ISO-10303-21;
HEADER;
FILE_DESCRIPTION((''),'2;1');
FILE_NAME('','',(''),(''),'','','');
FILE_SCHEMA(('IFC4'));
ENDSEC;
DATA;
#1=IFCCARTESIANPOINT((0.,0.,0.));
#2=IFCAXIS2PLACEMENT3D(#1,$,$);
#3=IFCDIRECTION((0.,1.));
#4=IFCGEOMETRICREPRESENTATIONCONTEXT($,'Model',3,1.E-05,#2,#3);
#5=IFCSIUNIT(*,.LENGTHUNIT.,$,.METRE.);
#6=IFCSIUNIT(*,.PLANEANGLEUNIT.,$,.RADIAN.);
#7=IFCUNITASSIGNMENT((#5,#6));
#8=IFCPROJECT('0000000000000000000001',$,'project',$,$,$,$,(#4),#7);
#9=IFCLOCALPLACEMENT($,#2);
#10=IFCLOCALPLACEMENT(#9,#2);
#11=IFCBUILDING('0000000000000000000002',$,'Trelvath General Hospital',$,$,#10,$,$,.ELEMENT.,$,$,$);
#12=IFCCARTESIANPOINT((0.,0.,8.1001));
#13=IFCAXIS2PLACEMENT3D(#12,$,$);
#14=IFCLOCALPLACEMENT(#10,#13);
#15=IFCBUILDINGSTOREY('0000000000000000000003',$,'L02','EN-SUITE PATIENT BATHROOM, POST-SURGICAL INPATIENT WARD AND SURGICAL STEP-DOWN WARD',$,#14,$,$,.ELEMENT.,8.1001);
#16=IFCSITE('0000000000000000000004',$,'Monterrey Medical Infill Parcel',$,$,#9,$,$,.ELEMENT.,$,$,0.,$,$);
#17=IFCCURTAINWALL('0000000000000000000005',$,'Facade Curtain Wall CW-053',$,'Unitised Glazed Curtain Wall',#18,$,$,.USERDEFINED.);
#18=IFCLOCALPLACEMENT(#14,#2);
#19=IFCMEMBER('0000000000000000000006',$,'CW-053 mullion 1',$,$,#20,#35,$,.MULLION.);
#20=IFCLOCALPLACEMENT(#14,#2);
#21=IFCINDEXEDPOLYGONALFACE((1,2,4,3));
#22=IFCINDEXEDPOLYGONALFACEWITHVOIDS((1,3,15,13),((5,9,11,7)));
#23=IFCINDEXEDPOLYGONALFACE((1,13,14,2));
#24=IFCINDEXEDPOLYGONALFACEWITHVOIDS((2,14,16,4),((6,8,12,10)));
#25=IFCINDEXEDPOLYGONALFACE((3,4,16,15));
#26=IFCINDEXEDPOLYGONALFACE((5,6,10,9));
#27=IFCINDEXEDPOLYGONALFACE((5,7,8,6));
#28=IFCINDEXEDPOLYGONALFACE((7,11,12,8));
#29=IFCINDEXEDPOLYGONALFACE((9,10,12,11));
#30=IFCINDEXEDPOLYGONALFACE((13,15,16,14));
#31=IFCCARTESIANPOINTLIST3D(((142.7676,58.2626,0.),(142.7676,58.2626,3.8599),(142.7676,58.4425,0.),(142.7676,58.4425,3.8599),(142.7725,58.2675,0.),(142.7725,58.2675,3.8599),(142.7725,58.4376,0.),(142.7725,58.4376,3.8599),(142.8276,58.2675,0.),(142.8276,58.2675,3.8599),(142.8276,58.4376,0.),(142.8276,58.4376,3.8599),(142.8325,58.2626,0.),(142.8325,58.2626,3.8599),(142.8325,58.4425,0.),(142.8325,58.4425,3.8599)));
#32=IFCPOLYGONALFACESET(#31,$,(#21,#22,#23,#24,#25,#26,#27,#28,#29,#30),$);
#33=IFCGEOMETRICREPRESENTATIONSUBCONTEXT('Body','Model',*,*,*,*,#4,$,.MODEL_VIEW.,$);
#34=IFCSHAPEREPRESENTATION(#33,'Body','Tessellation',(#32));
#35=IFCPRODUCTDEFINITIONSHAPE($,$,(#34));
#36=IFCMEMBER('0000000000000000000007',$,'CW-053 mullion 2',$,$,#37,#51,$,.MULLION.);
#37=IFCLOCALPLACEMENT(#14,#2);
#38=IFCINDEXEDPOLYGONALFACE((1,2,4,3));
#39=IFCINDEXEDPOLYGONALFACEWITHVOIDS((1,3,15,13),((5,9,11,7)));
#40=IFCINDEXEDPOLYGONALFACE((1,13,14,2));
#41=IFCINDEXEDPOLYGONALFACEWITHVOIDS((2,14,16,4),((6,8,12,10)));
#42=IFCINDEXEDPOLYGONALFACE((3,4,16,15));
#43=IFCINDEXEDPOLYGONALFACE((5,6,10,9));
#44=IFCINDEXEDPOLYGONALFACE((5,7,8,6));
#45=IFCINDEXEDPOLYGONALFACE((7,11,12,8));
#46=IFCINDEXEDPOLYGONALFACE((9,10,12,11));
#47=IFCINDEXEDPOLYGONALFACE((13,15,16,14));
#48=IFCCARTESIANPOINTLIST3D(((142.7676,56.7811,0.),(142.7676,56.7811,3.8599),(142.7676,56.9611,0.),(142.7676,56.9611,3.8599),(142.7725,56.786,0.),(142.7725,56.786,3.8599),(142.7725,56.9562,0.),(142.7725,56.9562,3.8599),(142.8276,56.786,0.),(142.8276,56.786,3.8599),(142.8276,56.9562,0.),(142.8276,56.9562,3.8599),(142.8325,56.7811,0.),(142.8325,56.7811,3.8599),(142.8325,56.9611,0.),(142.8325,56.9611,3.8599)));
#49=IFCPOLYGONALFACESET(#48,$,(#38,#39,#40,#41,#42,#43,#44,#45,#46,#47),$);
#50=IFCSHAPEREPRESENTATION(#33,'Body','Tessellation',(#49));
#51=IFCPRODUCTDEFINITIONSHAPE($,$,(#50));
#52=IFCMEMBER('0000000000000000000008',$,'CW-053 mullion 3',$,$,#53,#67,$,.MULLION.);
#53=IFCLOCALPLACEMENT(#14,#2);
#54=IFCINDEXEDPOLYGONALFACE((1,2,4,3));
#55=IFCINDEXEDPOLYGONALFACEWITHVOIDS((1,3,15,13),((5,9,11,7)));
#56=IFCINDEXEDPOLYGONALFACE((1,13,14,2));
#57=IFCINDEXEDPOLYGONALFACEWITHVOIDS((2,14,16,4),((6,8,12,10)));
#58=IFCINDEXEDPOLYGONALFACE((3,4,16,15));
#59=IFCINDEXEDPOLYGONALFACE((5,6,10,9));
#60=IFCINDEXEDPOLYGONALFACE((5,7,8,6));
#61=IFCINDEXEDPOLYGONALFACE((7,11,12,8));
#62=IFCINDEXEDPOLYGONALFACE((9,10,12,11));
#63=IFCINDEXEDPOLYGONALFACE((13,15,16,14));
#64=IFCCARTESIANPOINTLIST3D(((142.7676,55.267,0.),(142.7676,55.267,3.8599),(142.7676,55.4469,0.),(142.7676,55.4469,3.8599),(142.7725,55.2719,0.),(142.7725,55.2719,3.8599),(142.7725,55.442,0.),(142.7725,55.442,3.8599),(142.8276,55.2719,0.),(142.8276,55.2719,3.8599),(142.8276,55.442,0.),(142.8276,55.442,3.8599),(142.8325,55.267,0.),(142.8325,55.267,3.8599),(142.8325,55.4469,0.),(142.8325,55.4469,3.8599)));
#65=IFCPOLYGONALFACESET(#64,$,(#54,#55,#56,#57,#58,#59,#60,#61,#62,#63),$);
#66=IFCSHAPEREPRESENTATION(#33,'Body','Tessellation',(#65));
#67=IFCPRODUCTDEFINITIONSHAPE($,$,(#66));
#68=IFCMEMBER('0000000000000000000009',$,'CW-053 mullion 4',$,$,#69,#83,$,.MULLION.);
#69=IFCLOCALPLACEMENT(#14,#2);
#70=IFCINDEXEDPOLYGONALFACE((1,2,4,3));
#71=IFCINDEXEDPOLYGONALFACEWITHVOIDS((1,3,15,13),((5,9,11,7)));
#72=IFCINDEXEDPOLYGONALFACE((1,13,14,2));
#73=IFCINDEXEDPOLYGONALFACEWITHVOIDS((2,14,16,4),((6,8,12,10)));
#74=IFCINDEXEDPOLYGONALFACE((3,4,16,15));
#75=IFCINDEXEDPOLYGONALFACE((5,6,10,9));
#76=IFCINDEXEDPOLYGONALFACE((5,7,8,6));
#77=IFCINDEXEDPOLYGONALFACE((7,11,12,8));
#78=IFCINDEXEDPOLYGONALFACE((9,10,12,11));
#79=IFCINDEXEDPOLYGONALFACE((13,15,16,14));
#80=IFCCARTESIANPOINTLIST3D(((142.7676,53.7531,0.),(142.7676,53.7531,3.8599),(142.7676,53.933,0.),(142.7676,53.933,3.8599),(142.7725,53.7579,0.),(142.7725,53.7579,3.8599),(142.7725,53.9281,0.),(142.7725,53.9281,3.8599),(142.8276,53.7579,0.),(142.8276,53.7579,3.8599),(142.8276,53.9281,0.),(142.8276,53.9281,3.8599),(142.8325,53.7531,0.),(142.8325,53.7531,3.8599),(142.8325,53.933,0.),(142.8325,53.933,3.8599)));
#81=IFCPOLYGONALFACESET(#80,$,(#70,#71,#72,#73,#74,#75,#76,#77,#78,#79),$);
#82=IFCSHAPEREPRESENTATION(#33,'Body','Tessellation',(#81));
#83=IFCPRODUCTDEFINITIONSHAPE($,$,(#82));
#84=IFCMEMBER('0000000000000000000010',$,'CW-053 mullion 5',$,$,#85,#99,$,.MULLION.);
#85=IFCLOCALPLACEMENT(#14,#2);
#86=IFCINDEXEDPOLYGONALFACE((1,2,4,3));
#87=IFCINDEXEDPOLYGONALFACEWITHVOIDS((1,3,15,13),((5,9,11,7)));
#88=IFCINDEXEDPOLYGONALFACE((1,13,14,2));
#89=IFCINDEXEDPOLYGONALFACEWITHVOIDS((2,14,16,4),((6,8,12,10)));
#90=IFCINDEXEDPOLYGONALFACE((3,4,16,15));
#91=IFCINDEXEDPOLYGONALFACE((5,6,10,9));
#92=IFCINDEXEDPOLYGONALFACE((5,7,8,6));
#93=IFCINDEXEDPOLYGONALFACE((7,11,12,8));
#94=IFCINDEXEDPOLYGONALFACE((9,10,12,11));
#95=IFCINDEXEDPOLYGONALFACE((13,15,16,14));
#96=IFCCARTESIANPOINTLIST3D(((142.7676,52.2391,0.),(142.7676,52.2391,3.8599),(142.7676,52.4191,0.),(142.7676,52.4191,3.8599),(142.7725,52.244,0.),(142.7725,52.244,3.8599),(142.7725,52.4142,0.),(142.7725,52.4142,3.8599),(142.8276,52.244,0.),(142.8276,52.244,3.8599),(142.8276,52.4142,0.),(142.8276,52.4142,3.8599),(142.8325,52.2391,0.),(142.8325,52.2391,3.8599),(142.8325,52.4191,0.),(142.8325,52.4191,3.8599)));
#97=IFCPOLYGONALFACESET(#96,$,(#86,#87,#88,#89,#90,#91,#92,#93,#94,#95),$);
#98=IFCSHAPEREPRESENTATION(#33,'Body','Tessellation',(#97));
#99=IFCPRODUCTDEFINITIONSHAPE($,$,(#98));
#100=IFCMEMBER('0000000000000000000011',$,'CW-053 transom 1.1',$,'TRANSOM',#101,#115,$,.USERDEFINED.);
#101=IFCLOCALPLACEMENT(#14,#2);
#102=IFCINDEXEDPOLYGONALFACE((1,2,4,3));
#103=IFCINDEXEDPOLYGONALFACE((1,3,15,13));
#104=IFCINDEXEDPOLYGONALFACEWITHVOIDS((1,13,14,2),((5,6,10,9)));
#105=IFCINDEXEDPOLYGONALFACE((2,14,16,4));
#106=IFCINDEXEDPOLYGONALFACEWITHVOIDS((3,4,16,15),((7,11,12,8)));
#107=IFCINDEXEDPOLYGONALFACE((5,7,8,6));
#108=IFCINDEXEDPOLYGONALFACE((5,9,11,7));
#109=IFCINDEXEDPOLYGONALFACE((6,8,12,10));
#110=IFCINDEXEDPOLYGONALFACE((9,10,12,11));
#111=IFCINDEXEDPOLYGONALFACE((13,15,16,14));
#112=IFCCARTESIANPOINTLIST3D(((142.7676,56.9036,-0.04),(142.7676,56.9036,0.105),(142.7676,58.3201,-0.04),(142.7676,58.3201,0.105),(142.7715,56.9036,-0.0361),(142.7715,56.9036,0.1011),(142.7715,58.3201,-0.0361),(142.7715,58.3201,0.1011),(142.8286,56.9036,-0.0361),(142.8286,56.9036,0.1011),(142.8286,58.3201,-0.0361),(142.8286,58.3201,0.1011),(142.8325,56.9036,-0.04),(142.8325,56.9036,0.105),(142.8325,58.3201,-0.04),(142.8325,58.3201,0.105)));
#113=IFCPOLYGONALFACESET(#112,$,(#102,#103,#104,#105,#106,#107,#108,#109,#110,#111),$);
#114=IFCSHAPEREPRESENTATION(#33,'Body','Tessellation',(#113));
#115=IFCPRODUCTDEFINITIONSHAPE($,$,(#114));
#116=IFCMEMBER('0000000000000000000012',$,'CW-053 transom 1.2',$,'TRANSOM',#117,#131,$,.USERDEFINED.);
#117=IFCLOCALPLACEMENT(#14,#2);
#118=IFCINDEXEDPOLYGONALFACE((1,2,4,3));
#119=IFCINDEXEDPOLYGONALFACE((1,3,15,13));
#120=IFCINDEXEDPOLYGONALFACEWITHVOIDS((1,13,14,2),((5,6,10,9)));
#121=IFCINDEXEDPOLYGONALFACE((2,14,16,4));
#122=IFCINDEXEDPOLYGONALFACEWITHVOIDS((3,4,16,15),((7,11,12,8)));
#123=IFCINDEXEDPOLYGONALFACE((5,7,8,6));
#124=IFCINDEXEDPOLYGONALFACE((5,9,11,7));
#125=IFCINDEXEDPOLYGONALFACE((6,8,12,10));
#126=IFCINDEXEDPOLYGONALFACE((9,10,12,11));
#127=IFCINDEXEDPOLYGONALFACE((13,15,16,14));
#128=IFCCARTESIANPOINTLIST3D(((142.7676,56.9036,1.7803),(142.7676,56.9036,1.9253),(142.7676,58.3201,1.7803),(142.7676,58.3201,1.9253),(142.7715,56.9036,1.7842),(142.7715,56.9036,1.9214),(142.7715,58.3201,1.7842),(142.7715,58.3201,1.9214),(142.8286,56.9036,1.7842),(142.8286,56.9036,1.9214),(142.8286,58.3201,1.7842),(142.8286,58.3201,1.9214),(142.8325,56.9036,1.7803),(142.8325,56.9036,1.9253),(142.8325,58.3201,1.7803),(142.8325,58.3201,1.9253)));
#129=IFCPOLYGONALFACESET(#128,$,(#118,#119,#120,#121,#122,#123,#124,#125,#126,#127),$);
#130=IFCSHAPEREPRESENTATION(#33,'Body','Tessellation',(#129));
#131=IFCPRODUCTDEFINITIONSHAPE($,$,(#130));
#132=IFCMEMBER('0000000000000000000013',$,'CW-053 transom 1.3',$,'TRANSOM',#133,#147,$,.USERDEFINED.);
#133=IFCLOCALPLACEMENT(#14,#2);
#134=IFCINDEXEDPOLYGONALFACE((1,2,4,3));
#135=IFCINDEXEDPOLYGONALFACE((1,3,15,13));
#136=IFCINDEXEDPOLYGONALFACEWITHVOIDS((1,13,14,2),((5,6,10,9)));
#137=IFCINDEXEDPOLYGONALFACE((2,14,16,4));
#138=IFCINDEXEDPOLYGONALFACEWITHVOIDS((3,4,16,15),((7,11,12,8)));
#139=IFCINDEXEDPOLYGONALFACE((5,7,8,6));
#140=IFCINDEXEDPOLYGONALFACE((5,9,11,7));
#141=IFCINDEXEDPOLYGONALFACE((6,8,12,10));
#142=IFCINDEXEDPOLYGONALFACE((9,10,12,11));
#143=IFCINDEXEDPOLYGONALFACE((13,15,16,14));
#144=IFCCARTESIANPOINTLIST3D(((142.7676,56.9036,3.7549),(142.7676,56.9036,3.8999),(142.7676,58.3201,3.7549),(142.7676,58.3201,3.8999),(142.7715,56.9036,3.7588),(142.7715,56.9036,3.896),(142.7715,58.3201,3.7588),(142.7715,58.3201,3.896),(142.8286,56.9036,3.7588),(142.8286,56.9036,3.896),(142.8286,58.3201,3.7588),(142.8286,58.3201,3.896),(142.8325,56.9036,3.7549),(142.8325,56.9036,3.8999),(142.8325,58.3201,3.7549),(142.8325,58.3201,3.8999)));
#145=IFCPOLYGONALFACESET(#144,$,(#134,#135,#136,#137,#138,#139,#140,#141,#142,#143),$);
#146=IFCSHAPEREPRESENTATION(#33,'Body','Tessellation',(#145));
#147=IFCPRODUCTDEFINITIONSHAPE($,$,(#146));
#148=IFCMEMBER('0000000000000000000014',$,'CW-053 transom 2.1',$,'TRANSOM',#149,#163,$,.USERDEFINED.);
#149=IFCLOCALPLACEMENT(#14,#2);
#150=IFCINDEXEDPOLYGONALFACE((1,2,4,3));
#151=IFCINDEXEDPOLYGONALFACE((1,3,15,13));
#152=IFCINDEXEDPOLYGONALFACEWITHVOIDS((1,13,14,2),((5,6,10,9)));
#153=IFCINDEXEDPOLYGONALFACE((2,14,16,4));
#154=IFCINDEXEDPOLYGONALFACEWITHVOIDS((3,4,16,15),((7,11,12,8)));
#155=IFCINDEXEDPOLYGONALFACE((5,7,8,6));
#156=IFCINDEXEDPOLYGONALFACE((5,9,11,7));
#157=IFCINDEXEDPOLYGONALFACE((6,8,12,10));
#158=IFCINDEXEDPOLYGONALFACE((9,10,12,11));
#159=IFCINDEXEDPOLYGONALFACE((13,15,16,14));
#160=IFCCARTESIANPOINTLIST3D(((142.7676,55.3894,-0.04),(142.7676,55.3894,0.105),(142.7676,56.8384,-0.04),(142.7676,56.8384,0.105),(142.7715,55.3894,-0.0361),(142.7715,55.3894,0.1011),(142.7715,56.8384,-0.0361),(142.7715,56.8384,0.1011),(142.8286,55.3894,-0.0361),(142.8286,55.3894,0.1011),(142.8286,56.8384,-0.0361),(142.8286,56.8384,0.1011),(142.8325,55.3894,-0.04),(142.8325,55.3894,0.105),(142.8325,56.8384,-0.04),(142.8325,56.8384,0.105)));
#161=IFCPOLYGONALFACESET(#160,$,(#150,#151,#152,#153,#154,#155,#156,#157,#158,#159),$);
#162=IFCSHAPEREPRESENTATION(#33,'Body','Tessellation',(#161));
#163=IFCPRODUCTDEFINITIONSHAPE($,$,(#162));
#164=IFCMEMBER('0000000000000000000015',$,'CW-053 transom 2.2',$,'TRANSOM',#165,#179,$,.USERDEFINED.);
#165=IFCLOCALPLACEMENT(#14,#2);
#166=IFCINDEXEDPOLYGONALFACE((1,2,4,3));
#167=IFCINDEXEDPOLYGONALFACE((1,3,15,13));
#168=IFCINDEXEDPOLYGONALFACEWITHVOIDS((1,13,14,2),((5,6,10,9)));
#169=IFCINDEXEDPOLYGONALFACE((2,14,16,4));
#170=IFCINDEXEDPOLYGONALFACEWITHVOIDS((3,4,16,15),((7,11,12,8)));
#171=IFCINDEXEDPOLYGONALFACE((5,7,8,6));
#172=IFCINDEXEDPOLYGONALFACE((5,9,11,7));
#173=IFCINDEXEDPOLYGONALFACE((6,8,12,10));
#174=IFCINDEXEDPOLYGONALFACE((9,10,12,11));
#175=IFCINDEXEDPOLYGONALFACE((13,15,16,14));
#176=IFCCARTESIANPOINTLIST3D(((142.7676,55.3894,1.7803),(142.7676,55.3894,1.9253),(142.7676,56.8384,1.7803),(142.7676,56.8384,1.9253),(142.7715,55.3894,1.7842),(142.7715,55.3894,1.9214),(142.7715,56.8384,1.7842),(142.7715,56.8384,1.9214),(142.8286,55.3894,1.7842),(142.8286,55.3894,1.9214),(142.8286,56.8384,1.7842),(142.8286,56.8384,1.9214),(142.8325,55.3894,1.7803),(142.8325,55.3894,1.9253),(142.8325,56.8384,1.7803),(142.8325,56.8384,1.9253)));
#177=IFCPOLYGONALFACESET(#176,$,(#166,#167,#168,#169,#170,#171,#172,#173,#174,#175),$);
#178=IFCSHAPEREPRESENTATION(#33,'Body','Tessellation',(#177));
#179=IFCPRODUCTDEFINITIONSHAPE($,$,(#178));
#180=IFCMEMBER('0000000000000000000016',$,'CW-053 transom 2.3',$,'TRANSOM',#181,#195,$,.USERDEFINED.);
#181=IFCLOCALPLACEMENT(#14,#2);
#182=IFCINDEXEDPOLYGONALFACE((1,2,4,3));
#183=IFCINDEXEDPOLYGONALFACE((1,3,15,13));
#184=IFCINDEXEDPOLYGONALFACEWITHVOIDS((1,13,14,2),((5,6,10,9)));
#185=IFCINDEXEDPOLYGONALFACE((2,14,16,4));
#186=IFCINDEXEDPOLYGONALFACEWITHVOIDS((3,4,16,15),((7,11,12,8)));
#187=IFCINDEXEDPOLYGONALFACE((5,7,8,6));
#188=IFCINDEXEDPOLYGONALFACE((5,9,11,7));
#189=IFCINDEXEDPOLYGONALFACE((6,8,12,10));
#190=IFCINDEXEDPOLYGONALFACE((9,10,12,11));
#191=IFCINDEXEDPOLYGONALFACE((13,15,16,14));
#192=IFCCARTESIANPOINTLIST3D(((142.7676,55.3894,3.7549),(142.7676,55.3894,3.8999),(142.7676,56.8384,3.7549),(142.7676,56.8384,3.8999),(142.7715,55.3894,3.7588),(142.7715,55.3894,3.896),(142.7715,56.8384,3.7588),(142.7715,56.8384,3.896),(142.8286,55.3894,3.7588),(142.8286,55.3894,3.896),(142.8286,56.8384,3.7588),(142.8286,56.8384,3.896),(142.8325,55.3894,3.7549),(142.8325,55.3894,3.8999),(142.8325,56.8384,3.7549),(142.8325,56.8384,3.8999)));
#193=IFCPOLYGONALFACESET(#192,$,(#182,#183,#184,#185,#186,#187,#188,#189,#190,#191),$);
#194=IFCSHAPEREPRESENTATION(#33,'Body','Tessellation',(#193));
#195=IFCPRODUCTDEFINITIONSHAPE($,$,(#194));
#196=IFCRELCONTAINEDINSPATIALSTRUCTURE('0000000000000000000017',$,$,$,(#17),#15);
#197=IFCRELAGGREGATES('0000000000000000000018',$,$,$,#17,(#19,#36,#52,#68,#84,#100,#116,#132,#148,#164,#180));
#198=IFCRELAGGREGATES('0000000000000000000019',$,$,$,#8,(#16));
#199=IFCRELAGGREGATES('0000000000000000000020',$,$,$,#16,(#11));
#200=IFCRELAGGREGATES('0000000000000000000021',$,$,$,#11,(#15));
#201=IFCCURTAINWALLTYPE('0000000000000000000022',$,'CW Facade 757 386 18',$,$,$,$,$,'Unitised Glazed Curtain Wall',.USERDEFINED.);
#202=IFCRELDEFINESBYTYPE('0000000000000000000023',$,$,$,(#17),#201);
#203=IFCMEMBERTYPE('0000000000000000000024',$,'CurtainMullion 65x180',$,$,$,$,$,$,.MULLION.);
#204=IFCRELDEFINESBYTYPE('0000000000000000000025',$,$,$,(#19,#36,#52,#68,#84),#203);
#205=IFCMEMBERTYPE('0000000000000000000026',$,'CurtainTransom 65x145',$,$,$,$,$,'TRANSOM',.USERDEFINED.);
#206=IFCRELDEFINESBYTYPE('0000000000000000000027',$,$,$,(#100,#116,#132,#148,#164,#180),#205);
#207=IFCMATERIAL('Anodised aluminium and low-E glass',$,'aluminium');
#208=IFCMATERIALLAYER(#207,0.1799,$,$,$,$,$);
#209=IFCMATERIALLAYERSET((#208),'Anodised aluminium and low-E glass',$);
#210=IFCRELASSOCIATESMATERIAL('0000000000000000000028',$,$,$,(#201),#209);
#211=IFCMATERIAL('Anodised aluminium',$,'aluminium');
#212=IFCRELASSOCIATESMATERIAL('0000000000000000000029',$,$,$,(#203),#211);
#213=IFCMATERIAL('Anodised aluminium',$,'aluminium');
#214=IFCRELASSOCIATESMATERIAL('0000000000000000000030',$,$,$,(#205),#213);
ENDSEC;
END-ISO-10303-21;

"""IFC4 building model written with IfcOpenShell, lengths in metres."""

from ifc_helpers import new_model, si_unit, direction, frame, origin, origin_2d, place, context, subcontext, project, spatial, hollow_rectangle, extrude, material, layer, layer_set, material_profile, profile_set, type_object, element, aggregate, save


model = new_model("IFC4")

# Units and contexts
model_context = context("Model", 3, precision=1e-05, world=origin(), true_north=direction((0.0, 1.0)))
body_context = subcontext(model_context, "Body", "Model", "MODEL_VIEW")
ifc_project = project(units=[si_unit("LENGTHUNIT", "METRE"), si_unit("PLANEANGLEUNIT", "RADIAN")], contexts=[model_context])

# Site, building, storey
site_placement = place(None, origin())
site = spatial("IfcSite", under=ifc_project, at=site_placement, Name="Monterrey Medical Infill Parcel", CompositionType="ELEMENT", RefElevation=0.0)
building_placement = place(site_placement, origin())
building = spatial("IfcBuilding", under=site, at=building_placement, Name="Trelvath General Hospital", CompositionType="ELEMENT")
storey_placement = place(building_placement, frame((0.0, 0.0, 8.1001)))
storey = spatial("IfcBuildingStorey", under=building, at=storey_placement, Name="L02", Description="EN-SUITE PATIENT BATHROOM, POST-SURGICAL INPATIENT WARD AND SURGICAL STEP-DOWN WARD", CompositionType="ELEMENT", Elevation=8.1001)

# Curtain wall, members
ifc_material_1 = material(Name="Anodised aluminium and low-E glass", Category="aluminium")
ifc_layer_1 = layer(ifc_material_1, 0.1799)
ifc_layer_set_1 = layer_set([ifc_layer_1], Name="Anodised aluminium and low-E glass")
curtain_wall_type = type_object("IfcCurtainWallType", Name="CW Facade 757 386 18", ElementType="Unitised Glazed Curtain Wall", PredefinedType="USERDEFINED", material=ifc_layer_set_1)
curtain_wall_placement = place(storey_placement, origin())
curtain_wall = element("IfcCurtainWall", 1, at=curtain_wall_placement, inside=storey, type_object=curtain_wall_type, Name="Facade Curtain Wall CW-053", ObjectType="Unitised Glazed Curtain Wall", PredefinedType="USERDEFINED")
ifc_material_2 = material(Name="Anodised aluminium", Category="aluminium")
ifc_material_profile_1 = material_profile(ifc_material_2, hollow_rectangle(XDim=0.0649, YDim=0.1799, WallThickness=0.0049, at=origin_2d()), Name="RHS65x180x5")
ifc_profile_set_1 = profile_set([ifc_material_profile_1], Name="Anodised aluminium")
member_type_1 = type_object("IfcMemberType", Name="CurtainMullion 65x180", PredefinedType="MULLION", material=ifc_profile_set_1)
member_1_placement = place(storey_placement, frame((142.8, 58.3525, 0.0), z_axis=(0.0, 0.0, 1.0), x_axis=(1.0, 0.0, 0.0)))
member_1 = element("IfcMember", 2, at=member_1_placement, type_object=member_type_1, Name="CW-053 mullion 1", PredefinedType="MULLION", context=body_context, shape_type="SweptSolid", body=[
    extrude(hollow_rectangle(XDim=0.0649, YDim=0.1799, WallThickness=0.0049, at=origin_2d()), origin(), (0.0, 0.0, 1.0), 3.8599),
])
member_2_placement = place(storey_placement, frame((142.8, 56.8711, 0.0), z_axis=(0.0, 0.0, 1.0), x_axis=(1.0, 0.0, 0.0)))
member_2 = element("IfcMember", 3, at=member_2_placement, type_object=member_type_1, Name="CW-053 mullion 2", PredefinedType="MULLION", context=body_context, shape_type="SweptSolid", body=[
    extrude(hollow_rectangle(XDim=0.0649, YDim=0.1799, WallThickness=0.0049, at=origin_2d()), origin(), (0.0, 0.0, 1.0), 3.8599),
])
member_3_placement = place(storey_placement, frame((142.8, 55.3569, 0.0), z_axis=(0.0, 0.0, 1.0), x_axis=(1.0, 0.0, 0.0)))
member_3 = element("IfcMember", 4, at=member_3_placement, type_object=member_type_1, Name="CW-053 mullion 3", PredefinedType="MULLION", context=body_context, shape_type="SweptSolid", body=[
    extrude(hollow_rectangle(XDim=0.0649, YDim=0.1799, WallThickness=0.0049, at=origin_2d()), origin(), (0.0, 0.0, 1.0), 3.8599),
])
member_4_placement = place(storey_placement, frame((142.8, 53.843, 0.0), z_axis=(0.0, 0.0, 1.0), x_axis=(1.0, 0.0, 0.0)))
member_4 = element("IfcMember", 5, at=member_4_placement, type_object=member_type_1, Name="CW-053 mullion 4", PredefinedType="MULLION", context=body_context, shape_type="SweptSolid", body=[
    extrude(hollow_rectangle(XDim=0.0649, YDim=0.1799, WallThickness=0.0049, at=origin_2d()), origin(), (0.0, 0.0, 1.0), 3.8599),
])
member_5_placement = place(storey_placement, frame((142.8, 52.3291, 0.0), z_axis=(0.0, 0.0, 1.0), x_axis=(1.0, 0.0, 0.0)))
member_5 = element("IfcMember", 6, at=member_5_placement, type_object=member_type_1, Name="CW-053 mullion 5", PredefinedType="MULLION", context=body_context, shape_type="SweptSolid", body=[
    extrude(hollow_rectangle(XDim=0.0649, YDim=0.1799, WallThickness=0.0049, at=origin_2d()), origin(), (0.0, 0.0, 1.0), 3.8599),
])
ifc_material_3 = material(Name="Anodised aluminium", Category="aluminium")
ifc_material_profile_2 = material_profile(ifc_material_3, hollow_rectangle(XDim=0.0649, YDim=0.145, WallThickness=0.0039, at=origin_2d()), Name="RHS65x145x4")
ifc_profile_set_2 = profile_set([ifc_material_profile_2], Name="Anodised aluminium")
member_type_2 = type_object("IfcMemberType", Name="CurtainTransom 65x145", ElementType="TRANSOM", PredefinedType="USERDEFINED", material=ifc_profile_set_2)
member_6_placement = place(storey_placement, frame((142.8, 58.3201, 0.0325), z_axis=(0.0, -1.0, 0.0), x_axis=(1.0, 0.0, 0.0)))
member_6 = element("IfcMember", 7, at=member_6_placement, type_object=member_type_2, Name="CW-053 transom 1.1", ObjectType="TRANSOM", PredefinedType="USERDEFINED", context=body_context, shape_type="SweptSolid", body=[
    extrude(hollow_rectangle(XDim=0.0649, YDim=0.145, WallThickness=0.0039, at=origin_2d()), origin(), (0.0, 0.0, 1.0), 1.4165),
])
member_7_placement = place(storey_placement, frame((142.8, 58.3201, 1.8528), z_axis=(0.0, -1.0, 0.0), x_axis=(1.0, 0.0, 0.0)))
member_7 = element("IfcMember", 8, at=member_7_placement, type_object=member_type_2, Name="CW-053 transom 1.2", ObjectType="TRANSOM", PredefinedType="USERDEFINED", context=body_context, shape_type="SweptSolid", body=[
    extrude(hollow_rectangle(XDim=0.0649, YDim=0.145, WallThickness=0.0039, at=origin_2d()), origin(), (0.0, 0.0, 1.0), 1.4165),
])
member_8_placement = place(storey_placement, frame((142.8, 58.3201, 3.8274), z_axis=(0.0, -1.0, 0.0), x_axis=(1.0, 0.0, 0.0)))
member_8 = element("IfcMember", 9, at=member_8_placement, type_object=member_type_2, Name="CW-053 transom 1.3", ObjectType="TRANSOM", PredefinedType="USERDEFINED", context=body_context, shape_type="SweptSolid", body=[
    extrude(hollow_rectangle(XDim=0.0649, YDim=0.145, WallThickness=0.0039, at=origin_2d()), origin(), (0.0, 0.0, 1.0), 1.4165),
])
member_9_placement = place(storey_placement, frame((142.8, 56.8384, 0.0325), z_axis=(0.0, -1.0, 0.0), x_axis=(1.0, 0.0, 0.0)))
member_9 = element("IfcMember", 10, at=member_9_placement, type_object=member_type_2, Name="CW-053 transom 2.1", ObjectType="TRANSOM", PredefinedType="USERDEFINED", context=body_context, shape_type="SweptSolid", body=[
    extrude(hollow_rectangle(XDim=0.0649, YDim=0.145, WallThickness=0.0039, at=origin_2d()), origin(), (0.0, 0.0, 1.0), 1.449),
])
member_10_placement = place(storey_placement, frame((142.8, 56.8384, 1.8528), z_axis=(0.0, -1.0, 0.0), x_axis=(1.0, 0.0, 0.0)))
member_10 = element("IfcMember", 11, at=member_10_placement, type_object=member_type_2, Name="CW-053 transom 2.2", ObjectType="TRANSOM", PredefinedType="USERDEFINED", context=body_context, shape_type="SweptSolid", body=[
    extrude(hollow_rectangle(XDim=0.0649, YDim=0.145, WallThickness=0.0039, at=origin_2d()), origin(), (0.0, 0.0, 1.0), 1.449),
])
member_11_placement = place(storey_placement, frame((142.8, 56.8384, 3.8274), z_axis=(0.0, -1.0, 0.0), x_axis=(1.0, 0.0, 0.0)))
member_11 = element("IfcMember", 12, at=member_11_placement, type_object=member_type_2, Name="CW-053 transom 2.3", ObjectType="TRANSOM", PredefinedType="USERDEFINED", context=body_context, shape_type="SweptSolid", body=[
    extrude(hollow_rectangle(XDim=0.0649, YDim=0.145, WallThickness=0.0039, at=origin_2d()), origin(), (0.0, 0.0, 1.0), 1.449),
])
aggregate(curtain_wall, [member_1, member_2, member_3, member_4, member_5, member_6, member_7, member_8, member_9, member_10, member_11])

save(model, "model.ifc")
